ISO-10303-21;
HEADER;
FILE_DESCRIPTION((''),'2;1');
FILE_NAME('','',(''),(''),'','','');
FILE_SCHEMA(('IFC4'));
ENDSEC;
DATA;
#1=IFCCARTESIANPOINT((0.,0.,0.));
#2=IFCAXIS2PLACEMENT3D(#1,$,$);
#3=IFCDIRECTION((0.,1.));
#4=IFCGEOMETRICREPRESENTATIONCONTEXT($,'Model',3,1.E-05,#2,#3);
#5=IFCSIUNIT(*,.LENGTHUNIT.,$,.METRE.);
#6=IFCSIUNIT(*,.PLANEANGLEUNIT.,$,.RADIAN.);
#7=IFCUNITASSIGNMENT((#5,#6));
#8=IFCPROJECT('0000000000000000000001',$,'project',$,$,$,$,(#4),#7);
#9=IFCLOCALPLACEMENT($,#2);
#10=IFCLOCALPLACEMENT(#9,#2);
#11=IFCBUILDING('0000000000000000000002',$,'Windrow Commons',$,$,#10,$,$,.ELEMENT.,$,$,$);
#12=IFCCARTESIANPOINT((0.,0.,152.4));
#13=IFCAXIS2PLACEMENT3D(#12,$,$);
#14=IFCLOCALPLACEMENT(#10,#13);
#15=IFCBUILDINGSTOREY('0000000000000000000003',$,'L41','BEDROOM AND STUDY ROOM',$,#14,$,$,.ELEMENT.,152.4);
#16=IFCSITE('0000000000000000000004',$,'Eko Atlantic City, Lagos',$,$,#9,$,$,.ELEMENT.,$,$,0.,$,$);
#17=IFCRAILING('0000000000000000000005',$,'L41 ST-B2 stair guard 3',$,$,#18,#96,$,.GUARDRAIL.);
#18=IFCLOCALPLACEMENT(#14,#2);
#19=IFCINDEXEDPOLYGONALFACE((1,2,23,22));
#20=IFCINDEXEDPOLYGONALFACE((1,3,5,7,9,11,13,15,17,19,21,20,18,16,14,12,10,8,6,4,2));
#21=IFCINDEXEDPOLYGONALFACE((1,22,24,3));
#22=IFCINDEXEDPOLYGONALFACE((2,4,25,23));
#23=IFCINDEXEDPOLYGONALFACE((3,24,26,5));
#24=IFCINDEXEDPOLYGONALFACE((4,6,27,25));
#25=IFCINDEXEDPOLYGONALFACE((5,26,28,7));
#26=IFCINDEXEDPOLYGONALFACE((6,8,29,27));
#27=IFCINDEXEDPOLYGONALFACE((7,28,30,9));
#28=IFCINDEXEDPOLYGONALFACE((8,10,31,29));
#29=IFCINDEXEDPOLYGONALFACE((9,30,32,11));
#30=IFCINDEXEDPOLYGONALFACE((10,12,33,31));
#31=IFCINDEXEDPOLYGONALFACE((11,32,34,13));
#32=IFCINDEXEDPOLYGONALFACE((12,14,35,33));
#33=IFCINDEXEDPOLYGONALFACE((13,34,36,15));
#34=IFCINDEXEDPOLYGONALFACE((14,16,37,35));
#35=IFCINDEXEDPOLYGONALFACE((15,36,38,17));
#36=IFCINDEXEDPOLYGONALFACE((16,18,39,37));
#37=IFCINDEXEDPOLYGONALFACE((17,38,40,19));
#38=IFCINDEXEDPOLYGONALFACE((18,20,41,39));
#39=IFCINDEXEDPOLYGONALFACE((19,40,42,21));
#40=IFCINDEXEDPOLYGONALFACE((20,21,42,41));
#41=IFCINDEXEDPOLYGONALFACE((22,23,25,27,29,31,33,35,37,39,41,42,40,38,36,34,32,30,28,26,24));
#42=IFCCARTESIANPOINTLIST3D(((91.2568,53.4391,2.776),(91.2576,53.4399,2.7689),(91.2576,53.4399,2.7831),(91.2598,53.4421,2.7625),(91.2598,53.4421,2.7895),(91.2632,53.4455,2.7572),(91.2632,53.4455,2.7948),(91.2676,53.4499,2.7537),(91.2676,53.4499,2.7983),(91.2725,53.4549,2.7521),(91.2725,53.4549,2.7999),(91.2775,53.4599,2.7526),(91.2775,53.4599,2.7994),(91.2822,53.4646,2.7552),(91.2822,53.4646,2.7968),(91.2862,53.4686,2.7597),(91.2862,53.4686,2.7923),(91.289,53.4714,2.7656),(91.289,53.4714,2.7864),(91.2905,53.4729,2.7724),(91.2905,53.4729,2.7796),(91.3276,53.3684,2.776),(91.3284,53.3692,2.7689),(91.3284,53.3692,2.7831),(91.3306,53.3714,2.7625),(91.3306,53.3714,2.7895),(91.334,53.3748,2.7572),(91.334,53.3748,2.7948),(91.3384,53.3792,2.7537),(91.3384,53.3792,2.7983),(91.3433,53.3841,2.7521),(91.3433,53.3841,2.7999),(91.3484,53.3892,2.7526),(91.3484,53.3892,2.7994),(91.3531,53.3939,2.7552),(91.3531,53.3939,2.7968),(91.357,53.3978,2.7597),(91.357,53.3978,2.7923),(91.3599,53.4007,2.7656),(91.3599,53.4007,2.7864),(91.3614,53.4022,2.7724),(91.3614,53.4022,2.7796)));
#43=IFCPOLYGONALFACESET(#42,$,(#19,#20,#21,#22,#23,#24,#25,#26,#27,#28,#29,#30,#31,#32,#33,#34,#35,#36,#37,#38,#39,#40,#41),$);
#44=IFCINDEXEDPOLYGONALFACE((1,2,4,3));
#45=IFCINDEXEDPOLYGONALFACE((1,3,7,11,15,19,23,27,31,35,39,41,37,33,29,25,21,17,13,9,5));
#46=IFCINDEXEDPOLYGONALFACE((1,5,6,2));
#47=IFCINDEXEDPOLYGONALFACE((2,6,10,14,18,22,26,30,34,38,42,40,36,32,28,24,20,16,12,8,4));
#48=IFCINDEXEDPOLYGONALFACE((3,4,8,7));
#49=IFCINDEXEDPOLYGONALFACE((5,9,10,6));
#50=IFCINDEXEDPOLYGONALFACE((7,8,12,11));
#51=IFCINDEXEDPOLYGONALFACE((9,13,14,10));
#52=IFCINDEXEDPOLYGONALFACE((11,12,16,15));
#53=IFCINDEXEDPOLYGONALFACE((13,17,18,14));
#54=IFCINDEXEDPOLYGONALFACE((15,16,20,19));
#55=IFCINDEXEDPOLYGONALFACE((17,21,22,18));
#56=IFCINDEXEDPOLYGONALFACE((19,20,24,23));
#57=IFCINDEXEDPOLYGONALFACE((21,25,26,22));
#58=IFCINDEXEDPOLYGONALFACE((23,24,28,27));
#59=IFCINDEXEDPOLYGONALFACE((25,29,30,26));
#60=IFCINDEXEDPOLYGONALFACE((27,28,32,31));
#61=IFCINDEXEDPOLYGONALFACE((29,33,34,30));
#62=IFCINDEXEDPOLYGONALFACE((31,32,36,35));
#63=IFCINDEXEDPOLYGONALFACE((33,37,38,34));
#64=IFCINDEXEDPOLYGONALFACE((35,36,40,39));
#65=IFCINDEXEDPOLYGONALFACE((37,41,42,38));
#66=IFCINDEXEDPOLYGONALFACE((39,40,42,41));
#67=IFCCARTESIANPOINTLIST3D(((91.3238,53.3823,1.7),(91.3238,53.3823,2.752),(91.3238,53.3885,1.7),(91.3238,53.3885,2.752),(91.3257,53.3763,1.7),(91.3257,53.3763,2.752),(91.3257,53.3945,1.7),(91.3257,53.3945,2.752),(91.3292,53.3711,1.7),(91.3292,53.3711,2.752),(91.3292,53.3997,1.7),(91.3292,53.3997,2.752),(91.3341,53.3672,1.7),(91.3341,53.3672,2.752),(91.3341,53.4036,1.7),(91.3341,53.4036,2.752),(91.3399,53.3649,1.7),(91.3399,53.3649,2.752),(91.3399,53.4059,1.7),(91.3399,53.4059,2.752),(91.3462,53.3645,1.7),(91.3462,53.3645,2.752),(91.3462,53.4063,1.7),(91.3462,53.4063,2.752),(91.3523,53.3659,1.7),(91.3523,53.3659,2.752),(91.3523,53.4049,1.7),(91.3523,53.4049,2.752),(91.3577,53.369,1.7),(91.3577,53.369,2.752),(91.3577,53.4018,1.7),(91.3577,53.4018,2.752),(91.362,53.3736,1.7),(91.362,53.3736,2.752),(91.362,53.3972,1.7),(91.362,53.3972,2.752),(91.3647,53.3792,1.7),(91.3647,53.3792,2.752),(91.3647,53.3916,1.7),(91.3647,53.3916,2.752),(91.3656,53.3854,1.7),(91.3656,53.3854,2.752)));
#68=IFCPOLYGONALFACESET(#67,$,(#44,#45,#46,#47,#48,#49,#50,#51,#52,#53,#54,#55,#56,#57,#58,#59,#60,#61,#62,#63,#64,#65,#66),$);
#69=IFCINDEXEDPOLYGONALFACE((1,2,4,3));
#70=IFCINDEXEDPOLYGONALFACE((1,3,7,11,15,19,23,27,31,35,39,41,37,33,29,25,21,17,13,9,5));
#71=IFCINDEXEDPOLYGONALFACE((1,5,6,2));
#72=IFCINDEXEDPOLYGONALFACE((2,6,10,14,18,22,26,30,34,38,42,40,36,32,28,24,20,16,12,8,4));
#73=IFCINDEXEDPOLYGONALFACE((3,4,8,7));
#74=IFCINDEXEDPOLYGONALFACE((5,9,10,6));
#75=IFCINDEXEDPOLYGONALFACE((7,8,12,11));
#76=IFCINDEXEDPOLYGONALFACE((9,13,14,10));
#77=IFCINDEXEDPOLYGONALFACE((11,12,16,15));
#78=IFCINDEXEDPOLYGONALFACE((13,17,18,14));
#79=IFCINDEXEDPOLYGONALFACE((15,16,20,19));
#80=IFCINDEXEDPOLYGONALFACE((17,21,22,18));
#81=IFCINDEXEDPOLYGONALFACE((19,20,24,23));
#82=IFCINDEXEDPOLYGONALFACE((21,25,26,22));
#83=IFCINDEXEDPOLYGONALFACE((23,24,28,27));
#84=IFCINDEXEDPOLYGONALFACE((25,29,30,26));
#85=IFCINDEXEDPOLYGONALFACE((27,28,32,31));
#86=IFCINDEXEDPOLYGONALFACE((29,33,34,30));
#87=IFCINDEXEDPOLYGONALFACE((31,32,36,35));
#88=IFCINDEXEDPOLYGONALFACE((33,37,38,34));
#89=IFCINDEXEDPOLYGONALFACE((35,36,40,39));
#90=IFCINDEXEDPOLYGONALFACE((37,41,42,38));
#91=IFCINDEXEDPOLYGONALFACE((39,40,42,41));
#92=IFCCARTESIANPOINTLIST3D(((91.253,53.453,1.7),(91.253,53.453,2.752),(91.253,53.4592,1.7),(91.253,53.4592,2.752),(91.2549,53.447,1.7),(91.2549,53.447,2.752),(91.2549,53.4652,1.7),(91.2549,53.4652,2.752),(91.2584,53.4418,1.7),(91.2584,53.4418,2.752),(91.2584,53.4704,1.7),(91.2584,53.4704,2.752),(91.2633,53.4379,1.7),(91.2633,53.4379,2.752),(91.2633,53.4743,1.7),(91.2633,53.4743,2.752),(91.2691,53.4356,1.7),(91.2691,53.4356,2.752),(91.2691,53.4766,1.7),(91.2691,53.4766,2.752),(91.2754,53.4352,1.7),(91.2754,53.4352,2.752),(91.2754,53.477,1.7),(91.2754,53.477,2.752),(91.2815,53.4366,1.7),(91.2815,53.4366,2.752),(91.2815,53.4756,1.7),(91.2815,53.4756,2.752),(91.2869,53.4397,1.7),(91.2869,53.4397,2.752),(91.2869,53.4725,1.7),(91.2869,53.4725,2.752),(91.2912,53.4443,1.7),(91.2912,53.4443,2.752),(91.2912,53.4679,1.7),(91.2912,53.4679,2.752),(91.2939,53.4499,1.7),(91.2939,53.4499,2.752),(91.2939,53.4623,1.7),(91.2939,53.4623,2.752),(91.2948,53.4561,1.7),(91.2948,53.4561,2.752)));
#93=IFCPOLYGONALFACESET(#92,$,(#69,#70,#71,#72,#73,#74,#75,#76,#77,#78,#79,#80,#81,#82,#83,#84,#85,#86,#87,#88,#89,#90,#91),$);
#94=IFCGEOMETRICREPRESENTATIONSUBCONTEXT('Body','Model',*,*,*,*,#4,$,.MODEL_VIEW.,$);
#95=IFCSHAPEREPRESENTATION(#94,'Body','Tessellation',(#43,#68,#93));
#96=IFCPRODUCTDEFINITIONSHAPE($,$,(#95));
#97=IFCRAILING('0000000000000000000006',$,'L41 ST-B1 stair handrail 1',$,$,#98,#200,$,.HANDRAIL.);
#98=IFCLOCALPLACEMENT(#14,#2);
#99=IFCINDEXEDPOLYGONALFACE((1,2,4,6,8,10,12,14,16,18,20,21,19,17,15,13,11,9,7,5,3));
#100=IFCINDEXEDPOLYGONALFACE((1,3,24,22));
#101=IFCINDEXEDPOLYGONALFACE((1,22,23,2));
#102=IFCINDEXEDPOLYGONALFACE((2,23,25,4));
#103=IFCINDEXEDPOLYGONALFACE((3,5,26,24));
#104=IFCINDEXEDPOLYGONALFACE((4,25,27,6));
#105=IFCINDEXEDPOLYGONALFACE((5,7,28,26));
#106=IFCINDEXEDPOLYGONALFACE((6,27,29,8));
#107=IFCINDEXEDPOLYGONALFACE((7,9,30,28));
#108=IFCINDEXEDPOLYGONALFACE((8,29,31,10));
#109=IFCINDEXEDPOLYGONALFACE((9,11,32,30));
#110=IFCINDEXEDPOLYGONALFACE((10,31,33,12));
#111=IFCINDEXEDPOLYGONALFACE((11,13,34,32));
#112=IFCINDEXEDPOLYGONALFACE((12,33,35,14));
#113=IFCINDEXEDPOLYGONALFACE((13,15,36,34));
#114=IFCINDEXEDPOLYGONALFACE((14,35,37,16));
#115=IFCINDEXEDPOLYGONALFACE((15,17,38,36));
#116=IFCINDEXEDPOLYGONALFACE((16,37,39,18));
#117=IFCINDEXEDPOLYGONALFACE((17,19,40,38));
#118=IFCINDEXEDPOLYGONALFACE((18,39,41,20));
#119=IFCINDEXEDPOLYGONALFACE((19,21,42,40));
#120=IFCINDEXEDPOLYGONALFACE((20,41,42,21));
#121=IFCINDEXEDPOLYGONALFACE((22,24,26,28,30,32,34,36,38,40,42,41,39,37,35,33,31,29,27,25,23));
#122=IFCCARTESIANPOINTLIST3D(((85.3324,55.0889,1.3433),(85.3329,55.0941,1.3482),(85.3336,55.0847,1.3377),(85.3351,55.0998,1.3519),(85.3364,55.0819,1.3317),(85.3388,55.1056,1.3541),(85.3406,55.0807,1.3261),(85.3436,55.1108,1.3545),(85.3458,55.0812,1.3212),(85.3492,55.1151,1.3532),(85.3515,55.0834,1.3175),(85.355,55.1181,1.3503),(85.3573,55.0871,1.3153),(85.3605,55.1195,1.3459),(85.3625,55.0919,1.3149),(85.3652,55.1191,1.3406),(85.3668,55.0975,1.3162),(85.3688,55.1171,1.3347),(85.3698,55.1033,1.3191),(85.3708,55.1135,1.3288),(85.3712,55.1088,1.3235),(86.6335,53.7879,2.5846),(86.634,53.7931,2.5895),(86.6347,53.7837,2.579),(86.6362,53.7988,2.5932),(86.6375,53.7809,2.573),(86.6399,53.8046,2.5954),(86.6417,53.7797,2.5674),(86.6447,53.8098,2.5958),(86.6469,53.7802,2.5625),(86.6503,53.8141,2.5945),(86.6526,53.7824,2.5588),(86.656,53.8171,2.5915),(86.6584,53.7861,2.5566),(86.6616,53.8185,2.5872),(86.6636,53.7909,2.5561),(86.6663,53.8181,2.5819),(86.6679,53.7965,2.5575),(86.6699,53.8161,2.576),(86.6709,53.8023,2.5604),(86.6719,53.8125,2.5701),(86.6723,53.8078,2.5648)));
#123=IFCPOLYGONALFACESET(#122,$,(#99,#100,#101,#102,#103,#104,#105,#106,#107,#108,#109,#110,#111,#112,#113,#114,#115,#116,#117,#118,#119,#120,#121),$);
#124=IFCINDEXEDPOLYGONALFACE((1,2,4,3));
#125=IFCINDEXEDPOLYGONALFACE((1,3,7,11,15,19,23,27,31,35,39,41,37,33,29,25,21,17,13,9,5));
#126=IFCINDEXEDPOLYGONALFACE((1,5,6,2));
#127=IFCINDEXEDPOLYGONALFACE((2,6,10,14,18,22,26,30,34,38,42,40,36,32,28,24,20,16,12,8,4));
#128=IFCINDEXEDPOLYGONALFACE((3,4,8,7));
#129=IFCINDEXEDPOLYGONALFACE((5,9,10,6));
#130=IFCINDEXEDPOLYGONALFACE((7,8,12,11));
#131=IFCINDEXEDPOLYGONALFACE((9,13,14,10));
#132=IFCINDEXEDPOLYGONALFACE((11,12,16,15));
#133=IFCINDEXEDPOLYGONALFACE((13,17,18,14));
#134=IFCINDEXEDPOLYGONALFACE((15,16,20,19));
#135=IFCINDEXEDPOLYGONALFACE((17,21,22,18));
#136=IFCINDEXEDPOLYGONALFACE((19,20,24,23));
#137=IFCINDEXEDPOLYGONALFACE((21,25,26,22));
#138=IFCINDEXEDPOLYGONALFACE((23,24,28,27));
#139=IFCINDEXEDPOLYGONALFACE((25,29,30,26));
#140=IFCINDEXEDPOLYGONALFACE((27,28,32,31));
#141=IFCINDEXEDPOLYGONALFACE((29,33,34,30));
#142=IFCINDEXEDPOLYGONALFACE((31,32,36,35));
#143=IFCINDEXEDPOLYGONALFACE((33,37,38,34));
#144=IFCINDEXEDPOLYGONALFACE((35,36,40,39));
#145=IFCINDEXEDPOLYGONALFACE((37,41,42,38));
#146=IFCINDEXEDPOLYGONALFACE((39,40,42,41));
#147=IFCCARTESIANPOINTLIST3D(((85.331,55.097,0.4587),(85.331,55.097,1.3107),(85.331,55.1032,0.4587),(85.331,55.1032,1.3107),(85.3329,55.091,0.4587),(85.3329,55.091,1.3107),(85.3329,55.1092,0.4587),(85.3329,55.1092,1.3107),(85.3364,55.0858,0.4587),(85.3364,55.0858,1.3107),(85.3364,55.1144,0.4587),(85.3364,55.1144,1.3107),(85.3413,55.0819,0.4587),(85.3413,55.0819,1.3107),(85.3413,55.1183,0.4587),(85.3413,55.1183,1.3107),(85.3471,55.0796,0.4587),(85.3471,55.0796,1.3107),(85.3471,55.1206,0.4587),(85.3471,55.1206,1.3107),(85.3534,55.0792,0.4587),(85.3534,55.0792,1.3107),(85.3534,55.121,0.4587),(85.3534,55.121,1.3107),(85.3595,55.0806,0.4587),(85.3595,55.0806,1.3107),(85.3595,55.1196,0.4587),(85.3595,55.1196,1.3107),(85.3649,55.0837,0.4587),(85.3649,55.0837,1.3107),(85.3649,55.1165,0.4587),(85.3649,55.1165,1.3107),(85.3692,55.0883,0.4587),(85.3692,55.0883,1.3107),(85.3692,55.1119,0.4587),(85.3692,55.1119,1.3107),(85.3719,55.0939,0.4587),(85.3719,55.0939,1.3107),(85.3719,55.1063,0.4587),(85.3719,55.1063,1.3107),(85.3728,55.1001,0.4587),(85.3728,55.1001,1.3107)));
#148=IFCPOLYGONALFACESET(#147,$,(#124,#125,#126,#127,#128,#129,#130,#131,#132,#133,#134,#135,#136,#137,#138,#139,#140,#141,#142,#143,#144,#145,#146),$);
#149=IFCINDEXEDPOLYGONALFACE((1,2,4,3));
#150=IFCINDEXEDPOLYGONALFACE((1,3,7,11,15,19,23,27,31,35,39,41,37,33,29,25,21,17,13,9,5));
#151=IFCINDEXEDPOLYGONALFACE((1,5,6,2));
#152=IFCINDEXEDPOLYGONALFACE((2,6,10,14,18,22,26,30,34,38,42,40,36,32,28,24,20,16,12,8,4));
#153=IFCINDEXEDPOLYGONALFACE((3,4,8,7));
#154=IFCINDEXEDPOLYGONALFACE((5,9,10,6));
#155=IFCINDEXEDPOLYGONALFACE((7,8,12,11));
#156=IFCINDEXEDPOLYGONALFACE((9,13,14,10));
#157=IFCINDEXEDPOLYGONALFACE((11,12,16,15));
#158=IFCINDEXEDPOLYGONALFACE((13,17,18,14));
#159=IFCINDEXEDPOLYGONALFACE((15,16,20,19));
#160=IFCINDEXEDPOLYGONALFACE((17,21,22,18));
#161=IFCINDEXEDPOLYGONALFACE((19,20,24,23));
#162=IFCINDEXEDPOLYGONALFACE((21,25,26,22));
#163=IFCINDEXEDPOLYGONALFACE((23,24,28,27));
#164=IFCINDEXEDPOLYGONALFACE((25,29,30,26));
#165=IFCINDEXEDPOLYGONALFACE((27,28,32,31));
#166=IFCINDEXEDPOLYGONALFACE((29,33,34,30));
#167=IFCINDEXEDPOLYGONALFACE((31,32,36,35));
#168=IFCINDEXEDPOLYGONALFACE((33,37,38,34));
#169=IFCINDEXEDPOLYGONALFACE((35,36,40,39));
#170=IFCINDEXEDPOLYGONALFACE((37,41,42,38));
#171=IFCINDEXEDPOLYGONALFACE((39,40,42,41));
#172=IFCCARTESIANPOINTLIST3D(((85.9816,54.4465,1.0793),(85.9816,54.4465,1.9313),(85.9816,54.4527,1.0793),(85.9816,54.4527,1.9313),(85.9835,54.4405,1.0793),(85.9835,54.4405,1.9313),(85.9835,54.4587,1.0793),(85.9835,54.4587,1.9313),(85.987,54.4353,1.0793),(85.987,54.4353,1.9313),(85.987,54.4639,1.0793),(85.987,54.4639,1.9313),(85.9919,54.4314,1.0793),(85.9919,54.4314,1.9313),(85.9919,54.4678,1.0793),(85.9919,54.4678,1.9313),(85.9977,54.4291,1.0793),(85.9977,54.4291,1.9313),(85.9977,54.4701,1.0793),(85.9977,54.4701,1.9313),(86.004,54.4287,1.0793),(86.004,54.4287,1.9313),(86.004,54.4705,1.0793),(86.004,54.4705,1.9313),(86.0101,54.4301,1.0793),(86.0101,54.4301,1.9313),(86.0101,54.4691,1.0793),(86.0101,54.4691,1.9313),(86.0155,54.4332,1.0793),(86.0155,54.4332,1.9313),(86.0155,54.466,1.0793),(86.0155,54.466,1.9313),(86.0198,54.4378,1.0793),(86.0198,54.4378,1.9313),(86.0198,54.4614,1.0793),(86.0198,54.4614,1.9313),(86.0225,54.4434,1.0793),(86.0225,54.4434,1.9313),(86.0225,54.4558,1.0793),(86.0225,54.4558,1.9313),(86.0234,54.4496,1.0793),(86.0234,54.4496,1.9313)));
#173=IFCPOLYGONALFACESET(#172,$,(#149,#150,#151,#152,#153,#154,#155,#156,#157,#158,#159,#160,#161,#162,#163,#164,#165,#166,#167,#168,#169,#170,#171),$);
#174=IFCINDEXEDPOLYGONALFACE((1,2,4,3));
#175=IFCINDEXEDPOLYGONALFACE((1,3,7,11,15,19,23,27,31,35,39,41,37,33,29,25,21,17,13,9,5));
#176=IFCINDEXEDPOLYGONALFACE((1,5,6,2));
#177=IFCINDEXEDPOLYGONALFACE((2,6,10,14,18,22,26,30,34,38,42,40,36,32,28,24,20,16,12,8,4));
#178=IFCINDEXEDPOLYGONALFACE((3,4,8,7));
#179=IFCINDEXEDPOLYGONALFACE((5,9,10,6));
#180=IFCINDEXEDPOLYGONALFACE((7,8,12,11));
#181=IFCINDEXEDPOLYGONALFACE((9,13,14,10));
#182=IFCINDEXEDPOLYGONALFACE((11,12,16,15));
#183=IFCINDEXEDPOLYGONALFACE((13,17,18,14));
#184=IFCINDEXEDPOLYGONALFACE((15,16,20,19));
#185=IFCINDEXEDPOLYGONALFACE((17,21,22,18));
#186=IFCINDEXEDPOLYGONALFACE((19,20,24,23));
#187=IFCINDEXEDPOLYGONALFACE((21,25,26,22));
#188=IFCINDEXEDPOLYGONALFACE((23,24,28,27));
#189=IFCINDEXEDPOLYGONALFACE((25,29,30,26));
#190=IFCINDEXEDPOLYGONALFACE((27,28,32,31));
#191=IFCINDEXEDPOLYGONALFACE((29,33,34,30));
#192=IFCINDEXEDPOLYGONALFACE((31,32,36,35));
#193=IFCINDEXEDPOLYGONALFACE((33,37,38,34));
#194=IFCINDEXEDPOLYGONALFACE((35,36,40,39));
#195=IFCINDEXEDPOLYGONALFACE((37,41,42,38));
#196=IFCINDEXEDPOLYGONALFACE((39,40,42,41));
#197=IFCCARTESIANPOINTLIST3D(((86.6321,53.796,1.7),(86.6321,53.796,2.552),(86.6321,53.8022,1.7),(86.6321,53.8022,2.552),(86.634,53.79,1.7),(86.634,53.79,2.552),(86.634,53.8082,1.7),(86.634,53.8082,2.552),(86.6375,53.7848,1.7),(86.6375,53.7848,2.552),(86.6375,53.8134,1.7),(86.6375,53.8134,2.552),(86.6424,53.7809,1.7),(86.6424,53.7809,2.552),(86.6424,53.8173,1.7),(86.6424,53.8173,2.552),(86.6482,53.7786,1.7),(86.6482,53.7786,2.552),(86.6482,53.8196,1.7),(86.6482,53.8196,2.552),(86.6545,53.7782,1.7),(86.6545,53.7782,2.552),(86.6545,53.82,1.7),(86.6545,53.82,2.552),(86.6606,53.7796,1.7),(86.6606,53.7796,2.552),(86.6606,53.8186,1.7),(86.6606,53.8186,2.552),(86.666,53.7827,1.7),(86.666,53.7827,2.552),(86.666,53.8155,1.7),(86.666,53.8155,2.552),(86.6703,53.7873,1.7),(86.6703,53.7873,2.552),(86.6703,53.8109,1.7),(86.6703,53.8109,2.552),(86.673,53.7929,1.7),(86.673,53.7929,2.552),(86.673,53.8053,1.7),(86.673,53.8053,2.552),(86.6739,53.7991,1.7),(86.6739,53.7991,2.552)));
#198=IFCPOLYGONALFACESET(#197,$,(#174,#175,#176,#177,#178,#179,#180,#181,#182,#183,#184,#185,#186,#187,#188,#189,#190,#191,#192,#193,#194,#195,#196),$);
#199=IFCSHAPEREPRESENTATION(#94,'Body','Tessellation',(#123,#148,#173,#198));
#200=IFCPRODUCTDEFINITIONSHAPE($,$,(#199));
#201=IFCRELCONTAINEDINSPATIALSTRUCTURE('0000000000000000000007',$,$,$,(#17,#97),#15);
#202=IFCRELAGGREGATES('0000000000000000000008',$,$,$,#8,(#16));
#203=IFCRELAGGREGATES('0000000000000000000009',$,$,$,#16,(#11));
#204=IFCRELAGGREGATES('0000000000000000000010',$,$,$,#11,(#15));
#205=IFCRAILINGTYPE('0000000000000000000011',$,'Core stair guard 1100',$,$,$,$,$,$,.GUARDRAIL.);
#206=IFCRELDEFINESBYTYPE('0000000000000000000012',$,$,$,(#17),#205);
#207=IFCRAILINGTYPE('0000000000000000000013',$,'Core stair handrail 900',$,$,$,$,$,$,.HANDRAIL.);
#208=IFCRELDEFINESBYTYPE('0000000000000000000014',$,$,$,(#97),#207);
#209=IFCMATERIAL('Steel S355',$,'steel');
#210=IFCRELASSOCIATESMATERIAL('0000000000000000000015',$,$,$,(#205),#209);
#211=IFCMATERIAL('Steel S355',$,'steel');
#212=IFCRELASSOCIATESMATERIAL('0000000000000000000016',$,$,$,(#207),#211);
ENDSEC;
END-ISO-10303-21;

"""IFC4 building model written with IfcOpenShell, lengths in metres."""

from ifc_helpers import new_model, si_unit, direction, frame, origin, origin_2d, place, context, subcontext, project, spatial, circle, extrude, material, type_object, element, save


model = new_model("IFC4")

# Units and contexts
model_context = context("Model", 3, precision=1e-05, world=origin(), true_north=direction((0.0, 1.0)))
body_context = subcontext(model_context, "Body", "Model", "MODEL_VIEW")
ifc_project = project(units=[si_unit("LENGTHUNIT", "METRE"), si_unit("PLANEANGLEUNIT", "RADIAN")], contexts=[model_context])

# Site, building, storey
site_placement = place(None, origin())
site = spatial("IfcSite", under=ifc_project, at=site_placement, Name="Eko Atlantic City, Lagos", CompositionType="ELEMENT", RefElevation=0.0)
building_placement = place(site_placement, origin())
building = spatial("IfcBuilding", under=site, at=building_placement, Name="Windrow Commons", CompositionType="ELEMENT")
storey_placement = place(building_placement, frame((0.0, 0.0, 152.4)))
storey = spatial("IfcBuildingStorey", under=building, at=storey_placement, Name="L41", Description="BEDROOM AND STUDY ROOM", CompositionType="ELEMENT", Elevation=152.4)

# Railings
ifc_material_1 = material(Name="Steel S355", Category="steel")
railing_type_1 = type_object("IfcRailingType", Name="Core stair guard 1100", PredefinedType="GUARDRAIL", material=ifc_material_1)
railing_1_placement = place(storey_placement, frame((91.3446, 53.3854, 1.7)))
element("IfcRailing", 1, at=railing_1_placement, inside=storey, type_object=railing_type_1, Name="L41 ST-B2 stair guard 3", PredefinedType="GUARDRAIL", context=body_context, shape_type="SweptSolid", body=[
    extrude(circle(Radius=0.024, at=origin_2d()), frame((0.0, 0.0, 1.076), z_axis=(-0.707606, 0.706607, 0.0), x_axis=(-0.706607, -0.707606, 0.0)), (0.0, 0.0, 1.0), 0.1001),
    extrude(circle(Radius=0.021, at=origin_2d()), origin(), (0.0, 0.0, 1.0), 1.052),
    extrude(circle(Radius=0.021, at=origin_2d()), frame((-0.0708, 0.0707, 0.0)), (0.0, 0.0, 1.0), 1.052),
])
ifc_material_2 = material(Name="Steel S355", Category="steel")
railing_type_2 = type_object("IfcRailingType", Name="Core stair handrail 900", PredefinedType="HANDRAIL", material=ifc_material_2)
railing_2_placement = place(storey_placement, frame((85.3518, 55.1001, 0.4587)))
element("IfcRailing", 2, at=railing_2_placement, inside=storey, type_object=railing_type_2, Name="L41 ST-B1 stair handrail 1", PredefinedType="HANDRAIL", context=body_context, shape_type="SweptSolid", body=[
    extrude(circle(Radius=0.024, at=origin_2d()), frame((0.0, 0.0, 0.876), z_axis=(0.586207, -0.586162, 0.559264), x_axis=(0.70708, 0.707134, 0.0)), (0.0, 0.0, 1.0), 2.2195),
    extrude(circle(Radius=0.021, at=origin_2d()), origin(), (0.0, 0.0, 1.0), 0.852),
    extrude(circle(Radius=0.021, at=origin_2d()), frame((0.6506, -0.6505, 0.6206)), (0.0, 0.0, 1.0), 0.852),
    extrude(circle(Radius=0.021, at=origin_2d()), frame((1.3011, -1.301, 1.2413)), (0.0, 0.0, 1.0), 0.852),
])

save(model, "model.ifc")
